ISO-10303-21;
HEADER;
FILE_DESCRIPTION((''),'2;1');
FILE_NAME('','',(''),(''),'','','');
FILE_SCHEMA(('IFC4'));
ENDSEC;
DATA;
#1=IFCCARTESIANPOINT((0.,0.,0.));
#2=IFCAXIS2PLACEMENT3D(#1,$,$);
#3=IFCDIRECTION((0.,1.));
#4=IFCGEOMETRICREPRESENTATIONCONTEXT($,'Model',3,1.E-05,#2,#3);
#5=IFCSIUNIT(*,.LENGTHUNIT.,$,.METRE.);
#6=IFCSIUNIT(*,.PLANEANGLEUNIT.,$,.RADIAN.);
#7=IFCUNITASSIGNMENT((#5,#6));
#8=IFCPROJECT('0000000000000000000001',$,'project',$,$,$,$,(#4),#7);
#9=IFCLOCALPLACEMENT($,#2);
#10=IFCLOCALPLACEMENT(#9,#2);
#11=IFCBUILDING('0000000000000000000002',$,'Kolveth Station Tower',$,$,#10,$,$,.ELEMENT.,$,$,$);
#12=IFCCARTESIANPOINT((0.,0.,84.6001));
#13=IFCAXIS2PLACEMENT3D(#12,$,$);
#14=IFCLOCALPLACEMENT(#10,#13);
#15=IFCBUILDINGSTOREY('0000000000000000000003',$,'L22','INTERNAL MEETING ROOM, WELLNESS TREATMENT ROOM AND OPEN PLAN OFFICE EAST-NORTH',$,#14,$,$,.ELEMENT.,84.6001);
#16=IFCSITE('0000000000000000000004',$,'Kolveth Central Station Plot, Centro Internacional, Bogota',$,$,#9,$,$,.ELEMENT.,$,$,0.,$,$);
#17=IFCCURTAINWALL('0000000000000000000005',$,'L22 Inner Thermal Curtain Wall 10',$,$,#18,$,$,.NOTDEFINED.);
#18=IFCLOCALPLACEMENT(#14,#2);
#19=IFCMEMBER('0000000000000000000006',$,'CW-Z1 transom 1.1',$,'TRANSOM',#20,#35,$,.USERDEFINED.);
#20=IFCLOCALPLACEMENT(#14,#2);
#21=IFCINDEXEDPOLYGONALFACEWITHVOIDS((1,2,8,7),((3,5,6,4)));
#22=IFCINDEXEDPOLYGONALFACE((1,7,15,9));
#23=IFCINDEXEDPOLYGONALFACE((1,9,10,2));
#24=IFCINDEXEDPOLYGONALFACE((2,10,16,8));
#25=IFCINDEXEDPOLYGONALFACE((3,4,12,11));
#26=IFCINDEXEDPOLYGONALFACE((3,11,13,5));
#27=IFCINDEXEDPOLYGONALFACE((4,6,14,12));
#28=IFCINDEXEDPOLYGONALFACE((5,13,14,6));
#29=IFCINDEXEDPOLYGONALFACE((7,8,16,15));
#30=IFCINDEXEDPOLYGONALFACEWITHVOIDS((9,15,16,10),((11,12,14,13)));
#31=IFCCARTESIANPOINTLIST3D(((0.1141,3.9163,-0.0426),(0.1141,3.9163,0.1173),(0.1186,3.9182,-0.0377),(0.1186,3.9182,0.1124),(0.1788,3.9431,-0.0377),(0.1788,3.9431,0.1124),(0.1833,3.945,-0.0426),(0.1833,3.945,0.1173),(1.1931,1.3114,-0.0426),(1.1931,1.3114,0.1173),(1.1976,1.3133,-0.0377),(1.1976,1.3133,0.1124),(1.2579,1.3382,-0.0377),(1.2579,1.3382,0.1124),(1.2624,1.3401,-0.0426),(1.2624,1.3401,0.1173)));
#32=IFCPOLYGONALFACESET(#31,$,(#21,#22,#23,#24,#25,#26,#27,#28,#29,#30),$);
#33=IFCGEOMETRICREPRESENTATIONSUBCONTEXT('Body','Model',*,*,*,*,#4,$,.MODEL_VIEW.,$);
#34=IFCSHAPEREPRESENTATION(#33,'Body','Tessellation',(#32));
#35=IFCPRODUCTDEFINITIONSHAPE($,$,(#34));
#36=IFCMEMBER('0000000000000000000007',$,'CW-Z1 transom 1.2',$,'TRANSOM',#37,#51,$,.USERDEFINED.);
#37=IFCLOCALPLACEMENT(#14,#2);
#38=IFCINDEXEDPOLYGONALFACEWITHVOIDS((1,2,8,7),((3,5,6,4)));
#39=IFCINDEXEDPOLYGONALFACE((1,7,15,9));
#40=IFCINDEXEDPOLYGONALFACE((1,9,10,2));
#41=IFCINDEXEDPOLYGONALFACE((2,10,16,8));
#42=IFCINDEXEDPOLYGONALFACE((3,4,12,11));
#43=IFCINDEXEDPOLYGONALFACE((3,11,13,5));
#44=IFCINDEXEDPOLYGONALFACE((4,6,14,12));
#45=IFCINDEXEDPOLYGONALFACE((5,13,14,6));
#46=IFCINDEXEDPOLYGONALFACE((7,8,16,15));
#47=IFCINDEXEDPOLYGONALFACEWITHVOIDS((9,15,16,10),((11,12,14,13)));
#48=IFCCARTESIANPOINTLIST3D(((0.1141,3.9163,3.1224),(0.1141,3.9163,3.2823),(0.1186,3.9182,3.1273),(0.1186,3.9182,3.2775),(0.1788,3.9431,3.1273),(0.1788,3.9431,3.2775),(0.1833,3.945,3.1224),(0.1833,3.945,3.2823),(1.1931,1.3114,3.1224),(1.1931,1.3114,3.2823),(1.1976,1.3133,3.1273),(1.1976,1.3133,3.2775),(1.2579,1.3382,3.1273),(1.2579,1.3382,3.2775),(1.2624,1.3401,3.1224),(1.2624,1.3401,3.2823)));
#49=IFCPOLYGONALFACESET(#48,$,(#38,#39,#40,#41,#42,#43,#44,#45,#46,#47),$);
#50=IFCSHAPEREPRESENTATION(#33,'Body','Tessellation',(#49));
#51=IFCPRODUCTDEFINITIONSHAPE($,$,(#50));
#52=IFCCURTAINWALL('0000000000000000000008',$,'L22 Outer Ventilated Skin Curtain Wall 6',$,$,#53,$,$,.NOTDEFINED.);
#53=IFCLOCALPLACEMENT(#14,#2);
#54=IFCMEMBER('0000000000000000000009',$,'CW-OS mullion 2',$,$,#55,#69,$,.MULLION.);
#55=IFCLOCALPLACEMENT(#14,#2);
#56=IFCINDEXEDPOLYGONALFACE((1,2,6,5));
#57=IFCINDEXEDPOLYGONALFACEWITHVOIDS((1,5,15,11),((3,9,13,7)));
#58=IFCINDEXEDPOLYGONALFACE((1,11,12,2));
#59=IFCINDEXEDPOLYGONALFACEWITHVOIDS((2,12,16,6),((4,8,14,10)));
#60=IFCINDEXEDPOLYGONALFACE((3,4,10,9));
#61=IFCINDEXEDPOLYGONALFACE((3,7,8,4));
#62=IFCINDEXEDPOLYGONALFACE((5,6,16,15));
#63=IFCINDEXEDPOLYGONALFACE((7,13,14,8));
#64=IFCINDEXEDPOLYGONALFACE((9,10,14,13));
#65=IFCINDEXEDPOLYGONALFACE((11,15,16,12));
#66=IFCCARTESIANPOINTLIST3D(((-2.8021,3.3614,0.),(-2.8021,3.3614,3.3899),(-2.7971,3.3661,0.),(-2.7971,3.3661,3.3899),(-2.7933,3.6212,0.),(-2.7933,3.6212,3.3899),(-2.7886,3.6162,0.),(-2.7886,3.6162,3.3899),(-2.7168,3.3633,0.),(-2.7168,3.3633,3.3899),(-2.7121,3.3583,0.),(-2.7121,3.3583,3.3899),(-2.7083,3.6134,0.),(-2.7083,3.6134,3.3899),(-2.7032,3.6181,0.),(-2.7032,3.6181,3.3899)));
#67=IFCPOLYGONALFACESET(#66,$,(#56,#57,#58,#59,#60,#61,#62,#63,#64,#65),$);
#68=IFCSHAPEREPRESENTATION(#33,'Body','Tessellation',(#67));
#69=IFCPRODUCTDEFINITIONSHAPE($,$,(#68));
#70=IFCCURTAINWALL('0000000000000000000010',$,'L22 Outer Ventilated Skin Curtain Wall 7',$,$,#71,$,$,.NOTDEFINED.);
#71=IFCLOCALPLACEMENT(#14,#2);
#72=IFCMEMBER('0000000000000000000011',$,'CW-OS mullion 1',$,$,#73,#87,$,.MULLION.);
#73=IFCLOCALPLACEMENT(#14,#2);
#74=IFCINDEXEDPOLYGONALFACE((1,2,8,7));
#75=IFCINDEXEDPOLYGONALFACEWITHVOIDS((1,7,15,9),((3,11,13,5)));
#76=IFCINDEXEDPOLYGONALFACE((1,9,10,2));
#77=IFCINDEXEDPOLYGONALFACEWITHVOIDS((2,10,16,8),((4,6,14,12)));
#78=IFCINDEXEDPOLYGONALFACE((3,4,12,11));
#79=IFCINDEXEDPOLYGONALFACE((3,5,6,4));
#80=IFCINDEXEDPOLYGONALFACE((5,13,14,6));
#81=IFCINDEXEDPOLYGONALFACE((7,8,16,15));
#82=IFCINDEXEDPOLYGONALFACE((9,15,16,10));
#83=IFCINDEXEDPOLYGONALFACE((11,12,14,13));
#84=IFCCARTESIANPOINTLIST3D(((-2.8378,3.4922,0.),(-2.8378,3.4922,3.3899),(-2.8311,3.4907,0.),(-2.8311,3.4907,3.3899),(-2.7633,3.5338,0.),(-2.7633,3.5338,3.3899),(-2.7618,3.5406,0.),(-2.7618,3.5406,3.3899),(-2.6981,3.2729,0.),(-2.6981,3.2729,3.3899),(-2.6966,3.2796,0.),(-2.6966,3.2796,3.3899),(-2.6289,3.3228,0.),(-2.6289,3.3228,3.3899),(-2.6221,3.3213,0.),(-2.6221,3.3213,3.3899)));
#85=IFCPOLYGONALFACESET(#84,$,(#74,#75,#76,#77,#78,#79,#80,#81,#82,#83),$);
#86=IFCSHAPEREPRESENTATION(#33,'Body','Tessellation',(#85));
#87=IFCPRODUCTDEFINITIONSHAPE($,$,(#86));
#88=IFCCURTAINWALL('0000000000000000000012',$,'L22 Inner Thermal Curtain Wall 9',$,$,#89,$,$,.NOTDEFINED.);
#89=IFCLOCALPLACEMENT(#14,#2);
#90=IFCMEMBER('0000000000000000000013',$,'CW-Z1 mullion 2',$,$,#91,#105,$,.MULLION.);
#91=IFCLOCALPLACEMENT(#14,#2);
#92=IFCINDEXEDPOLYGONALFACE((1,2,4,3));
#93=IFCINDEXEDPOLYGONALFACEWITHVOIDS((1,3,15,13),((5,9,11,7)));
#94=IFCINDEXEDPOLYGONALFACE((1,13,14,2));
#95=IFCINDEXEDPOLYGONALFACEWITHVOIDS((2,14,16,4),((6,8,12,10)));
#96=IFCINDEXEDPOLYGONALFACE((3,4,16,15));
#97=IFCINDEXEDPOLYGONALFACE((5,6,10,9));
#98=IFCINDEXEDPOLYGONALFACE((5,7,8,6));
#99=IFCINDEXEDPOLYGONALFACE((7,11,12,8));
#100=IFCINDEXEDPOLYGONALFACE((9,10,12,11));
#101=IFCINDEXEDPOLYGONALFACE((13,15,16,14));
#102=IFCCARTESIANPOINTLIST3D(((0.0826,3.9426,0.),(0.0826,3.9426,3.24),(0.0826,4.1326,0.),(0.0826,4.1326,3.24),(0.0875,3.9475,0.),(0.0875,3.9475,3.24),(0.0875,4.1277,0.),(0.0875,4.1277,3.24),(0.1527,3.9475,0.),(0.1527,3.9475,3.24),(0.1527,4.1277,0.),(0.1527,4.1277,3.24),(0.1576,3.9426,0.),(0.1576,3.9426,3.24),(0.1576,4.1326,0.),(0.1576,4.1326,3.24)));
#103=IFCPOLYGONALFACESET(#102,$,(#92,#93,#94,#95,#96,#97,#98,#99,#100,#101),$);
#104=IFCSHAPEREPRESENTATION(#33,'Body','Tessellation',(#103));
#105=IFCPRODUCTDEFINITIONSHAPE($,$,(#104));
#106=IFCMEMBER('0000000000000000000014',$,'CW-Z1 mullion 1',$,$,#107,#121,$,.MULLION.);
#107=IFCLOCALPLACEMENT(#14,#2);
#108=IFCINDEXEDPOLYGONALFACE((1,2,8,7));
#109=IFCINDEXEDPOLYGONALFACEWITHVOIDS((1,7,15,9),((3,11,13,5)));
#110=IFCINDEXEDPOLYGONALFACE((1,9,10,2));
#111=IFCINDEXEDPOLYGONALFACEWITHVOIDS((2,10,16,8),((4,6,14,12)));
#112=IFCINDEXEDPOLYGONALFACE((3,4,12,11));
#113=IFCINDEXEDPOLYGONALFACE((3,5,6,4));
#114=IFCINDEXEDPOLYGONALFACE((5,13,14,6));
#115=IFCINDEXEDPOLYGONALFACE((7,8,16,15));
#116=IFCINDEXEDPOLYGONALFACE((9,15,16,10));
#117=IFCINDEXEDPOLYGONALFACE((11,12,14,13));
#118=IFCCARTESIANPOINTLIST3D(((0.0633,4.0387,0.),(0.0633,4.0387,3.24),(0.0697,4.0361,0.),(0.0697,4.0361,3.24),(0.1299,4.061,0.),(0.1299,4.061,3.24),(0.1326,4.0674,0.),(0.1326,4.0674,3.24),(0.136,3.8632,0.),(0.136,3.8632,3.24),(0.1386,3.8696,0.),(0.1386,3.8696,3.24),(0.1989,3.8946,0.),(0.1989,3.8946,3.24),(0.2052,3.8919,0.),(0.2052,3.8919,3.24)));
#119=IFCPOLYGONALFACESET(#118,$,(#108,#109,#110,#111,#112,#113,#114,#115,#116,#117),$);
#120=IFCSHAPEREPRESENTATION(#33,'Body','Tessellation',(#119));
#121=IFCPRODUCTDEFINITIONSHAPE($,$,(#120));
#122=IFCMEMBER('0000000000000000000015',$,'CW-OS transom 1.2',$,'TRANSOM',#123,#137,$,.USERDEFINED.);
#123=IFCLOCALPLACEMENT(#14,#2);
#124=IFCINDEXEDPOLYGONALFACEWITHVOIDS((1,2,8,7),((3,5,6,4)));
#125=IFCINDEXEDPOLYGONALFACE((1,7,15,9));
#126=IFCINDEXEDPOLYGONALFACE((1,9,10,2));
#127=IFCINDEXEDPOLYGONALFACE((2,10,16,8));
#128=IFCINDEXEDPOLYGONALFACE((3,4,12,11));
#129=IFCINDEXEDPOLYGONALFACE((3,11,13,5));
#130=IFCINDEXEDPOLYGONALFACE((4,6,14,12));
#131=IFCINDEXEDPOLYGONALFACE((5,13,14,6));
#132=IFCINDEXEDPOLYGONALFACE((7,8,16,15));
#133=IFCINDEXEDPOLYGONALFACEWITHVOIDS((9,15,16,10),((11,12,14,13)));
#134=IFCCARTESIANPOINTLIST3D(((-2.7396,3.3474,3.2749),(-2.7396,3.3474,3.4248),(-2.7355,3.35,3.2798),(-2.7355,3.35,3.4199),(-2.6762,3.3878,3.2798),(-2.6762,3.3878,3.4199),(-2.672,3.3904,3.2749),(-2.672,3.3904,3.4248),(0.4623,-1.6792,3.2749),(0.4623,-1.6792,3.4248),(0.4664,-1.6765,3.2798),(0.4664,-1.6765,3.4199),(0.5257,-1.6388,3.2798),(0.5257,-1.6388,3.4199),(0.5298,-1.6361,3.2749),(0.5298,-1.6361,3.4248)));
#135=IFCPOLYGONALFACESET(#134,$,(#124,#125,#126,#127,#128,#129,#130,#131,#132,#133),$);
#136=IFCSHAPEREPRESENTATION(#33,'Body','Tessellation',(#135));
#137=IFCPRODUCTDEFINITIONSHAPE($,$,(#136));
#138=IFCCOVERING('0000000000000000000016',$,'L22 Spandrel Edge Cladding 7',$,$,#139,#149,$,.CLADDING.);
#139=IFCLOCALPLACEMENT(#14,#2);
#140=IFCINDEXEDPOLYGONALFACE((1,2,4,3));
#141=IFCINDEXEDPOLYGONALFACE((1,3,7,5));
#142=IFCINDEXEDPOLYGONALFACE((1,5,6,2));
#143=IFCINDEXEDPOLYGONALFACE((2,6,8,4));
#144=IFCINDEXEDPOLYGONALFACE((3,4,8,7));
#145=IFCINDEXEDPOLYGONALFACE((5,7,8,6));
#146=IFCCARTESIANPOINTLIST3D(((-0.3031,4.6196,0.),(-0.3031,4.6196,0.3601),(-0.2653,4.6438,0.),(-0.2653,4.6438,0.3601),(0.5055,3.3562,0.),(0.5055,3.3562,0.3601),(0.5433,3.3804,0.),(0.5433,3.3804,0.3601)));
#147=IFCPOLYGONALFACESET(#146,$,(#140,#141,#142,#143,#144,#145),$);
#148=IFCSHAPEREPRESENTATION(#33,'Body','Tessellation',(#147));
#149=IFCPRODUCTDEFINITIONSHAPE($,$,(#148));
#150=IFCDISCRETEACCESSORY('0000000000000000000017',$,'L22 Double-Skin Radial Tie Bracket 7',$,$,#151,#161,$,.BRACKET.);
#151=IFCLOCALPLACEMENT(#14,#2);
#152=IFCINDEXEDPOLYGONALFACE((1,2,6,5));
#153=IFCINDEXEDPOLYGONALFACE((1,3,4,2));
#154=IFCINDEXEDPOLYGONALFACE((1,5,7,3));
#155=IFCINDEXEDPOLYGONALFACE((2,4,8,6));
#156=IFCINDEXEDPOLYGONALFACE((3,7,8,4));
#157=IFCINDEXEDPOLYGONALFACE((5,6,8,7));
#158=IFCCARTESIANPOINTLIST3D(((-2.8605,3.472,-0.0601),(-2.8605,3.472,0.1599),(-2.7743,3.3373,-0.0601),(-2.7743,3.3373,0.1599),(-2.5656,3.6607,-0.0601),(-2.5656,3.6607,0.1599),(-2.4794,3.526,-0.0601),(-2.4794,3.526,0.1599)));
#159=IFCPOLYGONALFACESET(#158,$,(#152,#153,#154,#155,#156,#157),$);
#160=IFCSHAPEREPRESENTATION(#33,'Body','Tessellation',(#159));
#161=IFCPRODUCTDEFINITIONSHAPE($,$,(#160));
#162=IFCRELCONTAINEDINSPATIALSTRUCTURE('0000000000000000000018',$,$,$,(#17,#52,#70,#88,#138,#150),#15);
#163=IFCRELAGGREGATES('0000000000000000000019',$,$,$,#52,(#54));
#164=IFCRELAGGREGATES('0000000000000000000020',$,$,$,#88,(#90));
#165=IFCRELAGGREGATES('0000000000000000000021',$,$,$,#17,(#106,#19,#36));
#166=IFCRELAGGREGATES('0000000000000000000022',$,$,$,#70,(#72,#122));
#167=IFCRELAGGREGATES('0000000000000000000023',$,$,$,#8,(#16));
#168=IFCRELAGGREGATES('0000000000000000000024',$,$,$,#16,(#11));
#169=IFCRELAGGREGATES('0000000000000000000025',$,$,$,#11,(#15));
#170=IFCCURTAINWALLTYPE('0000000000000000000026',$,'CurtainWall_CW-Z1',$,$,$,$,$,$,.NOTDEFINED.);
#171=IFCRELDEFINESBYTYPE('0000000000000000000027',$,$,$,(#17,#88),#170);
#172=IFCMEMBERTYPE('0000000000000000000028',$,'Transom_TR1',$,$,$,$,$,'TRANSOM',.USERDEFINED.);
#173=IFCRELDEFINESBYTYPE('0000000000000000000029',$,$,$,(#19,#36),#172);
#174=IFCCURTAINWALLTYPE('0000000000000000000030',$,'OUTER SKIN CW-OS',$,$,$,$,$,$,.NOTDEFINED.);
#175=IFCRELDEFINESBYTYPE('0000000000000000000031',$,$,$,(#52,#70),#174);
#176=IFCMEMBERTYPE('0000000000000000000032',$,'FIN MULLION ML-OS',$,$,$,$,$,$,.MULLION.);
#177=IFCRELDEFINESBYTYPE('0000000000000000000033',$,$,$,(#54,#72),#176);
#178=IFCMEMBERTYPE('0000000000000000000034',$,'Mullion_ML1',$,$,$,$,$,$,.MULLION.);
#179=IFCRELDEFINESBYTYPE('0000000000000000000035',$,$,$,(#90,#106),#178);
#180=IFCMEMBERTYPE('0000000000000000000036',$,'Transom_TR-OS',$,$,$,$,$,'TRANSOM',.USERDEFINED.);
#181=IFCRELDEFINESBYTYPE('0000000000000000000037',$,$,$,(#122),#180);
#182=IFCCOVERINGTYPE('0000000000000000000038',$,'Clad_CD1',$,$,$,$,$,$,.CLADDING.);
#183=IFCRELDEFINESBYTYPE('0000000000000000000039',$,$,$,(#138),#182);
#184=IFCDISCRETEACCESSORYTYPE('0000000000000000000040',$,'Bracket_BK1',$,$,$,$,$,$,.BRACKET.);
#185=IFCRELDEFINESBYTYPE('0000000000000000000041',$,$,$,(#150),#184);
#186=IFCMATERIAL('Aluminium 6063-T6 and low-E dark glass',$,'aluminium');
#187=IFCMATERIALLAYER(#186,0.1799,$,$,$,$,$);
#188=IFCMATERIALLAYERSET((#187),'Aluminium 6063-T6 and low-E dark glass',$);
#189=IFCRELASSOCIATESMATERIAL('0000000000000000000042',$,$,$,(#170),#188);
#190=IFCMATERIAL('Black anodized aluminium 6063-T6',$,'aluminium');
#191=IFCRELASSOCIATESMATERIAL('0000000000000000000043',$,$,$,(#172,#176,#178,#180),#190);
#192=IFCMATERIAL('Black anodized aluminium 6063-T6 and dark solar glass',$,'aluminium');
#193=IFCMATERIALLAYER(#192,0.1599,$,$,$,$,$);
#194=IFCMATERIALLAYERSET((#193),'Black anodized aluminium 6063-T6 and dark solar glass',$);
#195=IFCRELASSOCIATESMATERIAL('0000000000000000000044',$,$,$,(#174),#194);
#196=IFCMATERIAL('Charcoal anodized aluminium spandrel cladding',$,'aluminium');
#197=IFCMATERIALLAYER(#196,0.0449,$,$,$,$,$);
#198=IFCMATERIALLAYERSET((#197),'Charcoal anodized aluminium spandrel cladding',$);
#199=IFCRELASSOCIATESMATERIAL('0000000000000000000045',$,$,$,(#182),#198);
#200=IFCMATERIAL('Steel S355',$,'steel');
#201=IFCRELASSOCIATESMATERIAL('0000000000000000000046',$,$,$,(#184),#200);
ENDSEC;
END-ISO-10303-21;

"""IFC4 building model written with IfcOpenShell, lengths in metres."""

from ifc_helpers import new_model, si_unit, direction, frame, origin, origin_2d, place, context, subcontext, project, spatial, rectangle, hollow_rectangle, extrude, source, transform, mapped, material, layer, layer_set, material_profile, profile_set, type_object, element, aggregate, save


model = new_model("IFC4")

# Units and contexts
model_context = context("Model", 3, precision=1e-05, world=origin(), true_north=direction((0.0, 1.0)))
body_context = subcontext(model_context, "Body", "Model", "MODEL_VIEW")
ifc_project = project(units=[si_unit("LENGTHUNIT", "METRE"), si_unit("PLANEANGLEUNIT", "RADIAN")], contexts=[model_context])

# Site, building, storey
site_placement = place(None, origin())
site = spatial("IfcSite", under=ifc_project, at=site_placement, Name="Kolveth Central Station Plot, Centro Internacional, Bogota", CompositionType="ELEMENT", RefElevation=0.0)
building_placement = place(site_placement, origin())
building = spatial("IfcBuilding", under=site, at=building_placement, Name="Kolveth Station Tower", CompositionType="ELEMENT")
storey_placement = place(building_placement, frame((0.0, 0.0, 84.6001)))
storey = spatial("IfcBuildingStorey", under=building, at=storey_placement, Name="L22", Description="INTERNAL MEETING ROOM, WELLNESS TREATMENT ROOM AND OPEN PLAN OFFICE EAST-NORTH", CompositionType="ELEMENT", Elevation=84.6001)

# Shared definitions
ifc_material_1 = material(Name="Steel S355", Category="steel")

# Curtain wall, members
ifc_material_2 = material(Name="Aluminium 6063-T6 and low-E dark glass", Category="aluminium")
ifc_layer_1 = layer(ifc_material_2, 0.1799)
ifc_layer_set_1 = layer_set([ifc_layer_1], Name="Aluminium 6063-T6 and low-E dark glass")
curtain_wall_type_1 = type_object("IfcCurtainWallType", Name="CurtainWall_CW-Z1", PredefinedType="NOTDEFINED", material=ifc_layer_set_1)
curtain_wall_1_placement = place(storey_placement, origin())
curtain_wall_1 = element("IfcCurtainWall", 1, at=curtain_wall_1_placement, inside=storey, type_object=curtain_wall_type_1, Name="L22 Inner Thermal Curtain Wall 10", PredefinedType="NOTDEFINED")
ifc_material_3 = material(Name="Black anodized aluminium 6063-T6", Category="aluminium")
ifc_material_profile_1 = material_profile(ifc_material_3, hollow_rectangle(XDim=0.075, YDim=0.1599, WallThickness=0.0049, at=origin_2d()), Name="ALU-75x160x5")
ifc_profile_set_1 = profile_set([ifc_material_profile_1], Name="Black anodized aluminium 6063-T6")
member_type_1 = type_object("IfcMemberType", Name="Transom_TR1", ElementType="TRANSOM", PredefinedType="USERDEFINED", material=ifc_profile_set_1)
shared_shape_1 = source(origin(), body_context, "Body", "SweptSolid", [
    extrude(hollow_rectangle(XDim=0.075, YDim=0.1599, WallThickness=0.0049, at=origin_2d()), origin(), (0.0, 0.0, 1.0), 2.8196),
])
member_1_placement = place(storey_placement, frame((0.1487, 3.9307, 0.0374), z_axis=(0.382709, -0.923869, 0.0), x_axis=(0.923869, 0.382709, 0.0)))
member_1 = element("IfcMember", 2, at=member_1_placement, type_object=member_type_1, Name="CW-Z1 transom 1.1", ObjectType="TRANSOM", PredefinedType="USERDEFINED", context=body_context, shape_type="MappedRepresentation", body=[
    mapped(shared_shape_1, transform((0.0, 0.0, 0.0), x_axis=(1.0, 0.0, 0.0), y_axis=(0.0, 1.0, 0.0), z_axis=(0.0, 0.0, 1.0), scale=1.0)),
])
member_2_placement = place(storey_placement, frame((0.1487, 3.9307, 3.2024), z_axis=(0.382709, -0.923869, 0.0), x_axis=(0.923869, 0.382709, 0.0)))
member_2 = element("IfcMember", 3, at=member_2_placement, type_object=member_type_1, Name="CW-Z1 transom 1.2", ObjectType="TRANSOM", PredefinedType="USERDEFINED", context=body_context, shape_type="MappedRepresentation", body=[
    mapped(shared_shape_1, transform((0.0, 0.0, 0.0), x_axis=(1.0, 0.0, 0.0), y_axis=(0.0, 1.0, 0.0), z_axis=(0.0, 0.0, 1.0), scale=1.0)),
])

# Curtain walls, members
ifc_material_4 = material(Name="Black anodized aluminium 6063-T6 and dark solar glass", Category="aluminium")
ifc_layer_2 = layer(ifc_material_4, 0.1599)
ifc_layer_set_2 = layer_set([ifc_layer_2], Name="Black anodized aluminium 6063-T6 and dark solar glass")
curtain_wall_type_2 = type_object("IfcCurtainWallType", Name="OUTER SKIN CW-OS", PredefinedType="NOTDEFINED", material=ifc_layer_set_2)
curtain_wall_2_placement = place(storey_placement, origin())
curtain_wall_2 = element("IfcCurtainWall", 4, at=curtain_wall_2_placement, inside=storey, type_object=curtain_wall_type_2, Name="L22 Outer Ventilated Skin Curtain Wall 6", PredefinedType="NOTDEFINED")
ifc_material_profile_2 = material_profile(ifc_material_3, hollow_rectangle(XDim=0.0901, YDim=0.26, WallThickness=0.0049, at=origin_2d()), Name="ALU-90x260x5")
ifc_profile_set_2 = profile_set([ifc_material_profile_2], Name="Black anodized aluminium 6063-T6")
member_type_2 = type_object("IfcMemberType", Name="FIN MULLION ML-OS", PredefinedType="MULLION", material=ifc_profile_set_2)
shared_shape_2 = source(origin(), body_context, "Body", "SweptSolid", [
    extrude(hollow_rectangle(XDim=0.0901, YDim=0.26, WallThickness=0.0049, at=origin_2d()), origin(), (0.0, 0.0, 1.0), 3.3899),
])
member_3_placement = place(storey_placement, frame((-2.7527, 3.4897, 0.0), z_axis=(0.0, 0.0, 1.0), x_axis=(0.999417, -0.03413, 0.0)))
member_3 = element("IfcMember", 5, at=member_3_placement, type_object=member_type_2, Name="CW-OS mullion 2", PredefinedType="MULLION", context=body_context, shape_type="MappedRepresentation", body=[
    mapped(shared_shape_2, transform((0.0, 0.0, 0.0), x_axis=(1.0, 0.0, 0.0), y_axis=(0.0, 1.0, 0.0), z_axis=(0.0, 0.0, 1.0), scale=1.0)),
])
aggregate(curtain_wall_2, [member_3])
curtain_wall_3_placement = place(storey_placement, origin())
curtain_wall_3 = element("IfcCurtainWall", 6, at=curtain_wall_3_placement, inside=storey, type_object=curtain_wall_type_2, Name="L22 Outer Ventilated Skin Curtain Wall 7", PredefinedType="NOTDEFINED")
member_4_placement = place(storey_placement, frame((-2.73, 3.4067, 0.0), z_axis=(0.0, 0.0, 1.0), x_axis=(0.843417, 0.53726, 0.0)))
member_4 = element("IfcMember", 7, at=member_4_placement, type_object=member_type_2, Name="CW-OS mullion 1", PredefinedType="MULLION", context=body_context, shape_type="MappedRepresentation", body=[
    mapped(shared_shape_2, transform((0.0, 0.0, 0.0), x_axis=(1.0, 0.0, 0.0), y_axis=(0.0, 1.0, 0.0), z_axis=(0.0, 0.0, 1.0), scale=1.0)),
])
curtain_wall_4_placement = place(storey_placement, origin())
curtain_wall_4 = element("IfcCurtainWall", 8, at=curtain_wall_4_placement, inside=storey, type_object=curtain_wall_type_1, Name="L22 Inner Thermal Curtain Wall 9", PredefinedType="NOTDEFINED")
ifc_material_profile_3 = material_profile(ifc_material_3, hollow_rectangle(XDim=0.075, YDim=0.1899, WallThickness=0.0049, at=origin_2d()), Name="ALU-75x190x5")
ifc_profile_set_3 = profile_set([ifc_material_profile_3], Name="Black anodized aluminium 6063-T6")
member_type_3 = type_object("IfcMemberType", Name="Mullion_ML1", PredefinedType="MULLION", material=ifc_profile_set_3)
shared_shape_3 = source(origin(), body_context, "Body", "SweptSolid", [
    extrude(hollow_rectangle(XDim=0.075, YDim=0.1899, WallThickness=0.0049, at=origin_2d()), origin(), (0.0, 0.0, 1.0), 3.24),
])
member_5_placement = place(storey_placement, frame((0.1201, 4.0376, 0.0), z_axis=(0.0, 0.0, 1.0), x_axis=(1.0, 0.0, 0.0)))
member_5 = element("IfcMember", 9, at=member_5_placement, type_object=member_type_3, Name="CW-Z1 mullion 2", PredefinedType="MULLION", context=body_context, shape_type="MappedRepresentation", body=[
    mapped(shared_shape_3, transform((0.0, 0.0, 0.0), x_axis=(1.0, 0.0, 0.0), y_axis=(0.0, 1.0, 0.0), z_axis=(0.0, 0.0, 1.0), scale=1.0)),
])
aggregate(curtain_wall_4, [member_5])

# Members
member_6_placement = place(storey_placement, frame((0.1343, 3.9653, 0.0), z_axis=(0.0, 0.0, 1.0), x_axis=(0.923884, 0.382673, 0.0)))
member_6 = element("IfcMember", 10, at=member_6_placement, type_object=member_type_3, Name="CW-Z1 mullion 1", PredefinedType="MULLION", context=body_context, shape_type="MappedRepresentation", body=[
    mapped(shared_shape_3, transform((0.0, 0.0, 0.0), x_axis=(1.0, 0.0, 0.0), y_axis=(0.0, 1.0, 0.0), z_axis=(0.0, 0.0, 1.0), scale=1.0)),
])
aggregate(curtain_wall_1, [member_6, member_1, member_2])
ifc_material_profile_4 = material_profile(ifc_material_3, hollow_rectangle(XDim=0.0801, YDim=0.1499, WallThickness=0.0049, at=origin_2d()), Name="ALU-80x150x5")
ifc_profile_set_4 = profile_set([ifc_material_profile_4], Name="Black anodized aluminium 6063-T6")
member_type_4 = type_object("IfcMemberType", Name="Transom_TR-OS", ElementType="TRANSOM", PredefinedType="USERDEFINED", material=ifc_profile_set_4)
shared_shape_4 = source(origin(), body_context, "Body", "SweptSolid", [
    extrude(hollow_rectangle(XDim=0.0801, YDim=0.1499, WallThickness=0.0049, at=origin_2d()), origin(), (0.0, 0.0, 1.0), 5.9597),
])
member_7_placement = place(storey_placement, frame((-2.7058, 3.3689, 3.3499), z_axis=(0.537252, -0.843422, 0.0), x_axis=(0.843422, 0.537252, 0.0)))
member_7 = element("IfcMember", 11, at=member_7_placement, type_object=member_type_4, Name="CW-OS transom 1.2", ObjectType="TRANSOM", PredefinedType="USERDEFINED", context=body_context, shape_type="MappedRepresentation", body=[
    mapped(shared_shape_4, transform((0.0, 0.0, 0.0), x_axis=(1.0, 0.0, 0.0), y_axis=(0.0, 1.0, 0.0), z_axis=(0.0, 0.0, 1.0), scale=1.0)),
])
aggregate(curtain_wall_3, [member_4, member_7])

# Covering
ifc_material_5 = material(Name="Charcoal anodized aluminium spandrel cladding", Category="aluminium")
ifc_layer_3 = layer(ifc_material_5, 0.0449)
ifc_layer_set_3 = layer_set([ifc_layer_3], Name="Charcoal anodized aluminium spandrel cladding")
covering_type = type_object("IfcCoveringType", Name="Clad_CD1", PredefinedType="CLADDING", material=ifc_layer_set_3)
shared_shape_5 = source(origin(), body_context, "Body", "SweptSolid", [
    extrude(rectangle(XDim=1.5, YDim=0.0449, at=origin_2d()), origin(), (0.0, 0.0, 1.0), 0.3601),
])
covering_placement = place(storey_placement, frame((0.1201, 4.0, 0.0), z_axis=(0.0, 0.0, 1.0), x_axis=(0.539065, -0.842264, 0.0)))
element("IfcCovering", 12, at=covering_placement, inside=storey, type_object=covering_type, Name="L22 Spandrel Edge Cladding 7", PredefinedType="CLADDING", context=body_context, shape_type="MappedRepresentation", body=[
    mapped(shared_shape_5, transform((0.0, 0.0, 0.0), x_axis=(1.0, 0.0, 0.0), y_axis=(0.0, 1.0, 0.0), z_axis=(0.0, 0.0, 1.0), scale=1.0)),
])

# Discrete accessory
discrete_accessory_type = type_object("IfcDiscreteAccessoryType", Name="Bracket_BK1", PredefinedType="BRACKET", material=ifc_material_1)
shared_shape_6 = source(origin(), body_context, "Body", "SweptSolid", [
    extrude(rectangle(XDim=0.3501, YDim=0.1599, at=origin_2d()), origin(), (0.0, 0.0, 1.0), 0.22),
])
discrete_accessory_placement = place(storey_placement, frame((-2.6699, 3.499, -0.0601), z_axis=(0.0, 0.0, 1.0), x_axis=(-0.842264, -0.539065, 0.0)))
element("IfcDiscreteAccessory", 13, at=discrete_accessory_placement, inside=storey, type_object=discrete_accessory_type, Name="L22 Double-Skin Radial Tie Bracket 7", PredefinedType="BRACKET", context=body_context, shape_type="MappedRepresentation", body=[
    mapped(shared_shape_6, transform((0.0, 0.0, 0.0), x_axis=(1.0, 0.0, 0.0), y_axis=(0.0, 1.0, 0.0), z_axis=(0.0, 0.0, 1.0), scale=1.0)),
])

save(model, "model.ifc")
